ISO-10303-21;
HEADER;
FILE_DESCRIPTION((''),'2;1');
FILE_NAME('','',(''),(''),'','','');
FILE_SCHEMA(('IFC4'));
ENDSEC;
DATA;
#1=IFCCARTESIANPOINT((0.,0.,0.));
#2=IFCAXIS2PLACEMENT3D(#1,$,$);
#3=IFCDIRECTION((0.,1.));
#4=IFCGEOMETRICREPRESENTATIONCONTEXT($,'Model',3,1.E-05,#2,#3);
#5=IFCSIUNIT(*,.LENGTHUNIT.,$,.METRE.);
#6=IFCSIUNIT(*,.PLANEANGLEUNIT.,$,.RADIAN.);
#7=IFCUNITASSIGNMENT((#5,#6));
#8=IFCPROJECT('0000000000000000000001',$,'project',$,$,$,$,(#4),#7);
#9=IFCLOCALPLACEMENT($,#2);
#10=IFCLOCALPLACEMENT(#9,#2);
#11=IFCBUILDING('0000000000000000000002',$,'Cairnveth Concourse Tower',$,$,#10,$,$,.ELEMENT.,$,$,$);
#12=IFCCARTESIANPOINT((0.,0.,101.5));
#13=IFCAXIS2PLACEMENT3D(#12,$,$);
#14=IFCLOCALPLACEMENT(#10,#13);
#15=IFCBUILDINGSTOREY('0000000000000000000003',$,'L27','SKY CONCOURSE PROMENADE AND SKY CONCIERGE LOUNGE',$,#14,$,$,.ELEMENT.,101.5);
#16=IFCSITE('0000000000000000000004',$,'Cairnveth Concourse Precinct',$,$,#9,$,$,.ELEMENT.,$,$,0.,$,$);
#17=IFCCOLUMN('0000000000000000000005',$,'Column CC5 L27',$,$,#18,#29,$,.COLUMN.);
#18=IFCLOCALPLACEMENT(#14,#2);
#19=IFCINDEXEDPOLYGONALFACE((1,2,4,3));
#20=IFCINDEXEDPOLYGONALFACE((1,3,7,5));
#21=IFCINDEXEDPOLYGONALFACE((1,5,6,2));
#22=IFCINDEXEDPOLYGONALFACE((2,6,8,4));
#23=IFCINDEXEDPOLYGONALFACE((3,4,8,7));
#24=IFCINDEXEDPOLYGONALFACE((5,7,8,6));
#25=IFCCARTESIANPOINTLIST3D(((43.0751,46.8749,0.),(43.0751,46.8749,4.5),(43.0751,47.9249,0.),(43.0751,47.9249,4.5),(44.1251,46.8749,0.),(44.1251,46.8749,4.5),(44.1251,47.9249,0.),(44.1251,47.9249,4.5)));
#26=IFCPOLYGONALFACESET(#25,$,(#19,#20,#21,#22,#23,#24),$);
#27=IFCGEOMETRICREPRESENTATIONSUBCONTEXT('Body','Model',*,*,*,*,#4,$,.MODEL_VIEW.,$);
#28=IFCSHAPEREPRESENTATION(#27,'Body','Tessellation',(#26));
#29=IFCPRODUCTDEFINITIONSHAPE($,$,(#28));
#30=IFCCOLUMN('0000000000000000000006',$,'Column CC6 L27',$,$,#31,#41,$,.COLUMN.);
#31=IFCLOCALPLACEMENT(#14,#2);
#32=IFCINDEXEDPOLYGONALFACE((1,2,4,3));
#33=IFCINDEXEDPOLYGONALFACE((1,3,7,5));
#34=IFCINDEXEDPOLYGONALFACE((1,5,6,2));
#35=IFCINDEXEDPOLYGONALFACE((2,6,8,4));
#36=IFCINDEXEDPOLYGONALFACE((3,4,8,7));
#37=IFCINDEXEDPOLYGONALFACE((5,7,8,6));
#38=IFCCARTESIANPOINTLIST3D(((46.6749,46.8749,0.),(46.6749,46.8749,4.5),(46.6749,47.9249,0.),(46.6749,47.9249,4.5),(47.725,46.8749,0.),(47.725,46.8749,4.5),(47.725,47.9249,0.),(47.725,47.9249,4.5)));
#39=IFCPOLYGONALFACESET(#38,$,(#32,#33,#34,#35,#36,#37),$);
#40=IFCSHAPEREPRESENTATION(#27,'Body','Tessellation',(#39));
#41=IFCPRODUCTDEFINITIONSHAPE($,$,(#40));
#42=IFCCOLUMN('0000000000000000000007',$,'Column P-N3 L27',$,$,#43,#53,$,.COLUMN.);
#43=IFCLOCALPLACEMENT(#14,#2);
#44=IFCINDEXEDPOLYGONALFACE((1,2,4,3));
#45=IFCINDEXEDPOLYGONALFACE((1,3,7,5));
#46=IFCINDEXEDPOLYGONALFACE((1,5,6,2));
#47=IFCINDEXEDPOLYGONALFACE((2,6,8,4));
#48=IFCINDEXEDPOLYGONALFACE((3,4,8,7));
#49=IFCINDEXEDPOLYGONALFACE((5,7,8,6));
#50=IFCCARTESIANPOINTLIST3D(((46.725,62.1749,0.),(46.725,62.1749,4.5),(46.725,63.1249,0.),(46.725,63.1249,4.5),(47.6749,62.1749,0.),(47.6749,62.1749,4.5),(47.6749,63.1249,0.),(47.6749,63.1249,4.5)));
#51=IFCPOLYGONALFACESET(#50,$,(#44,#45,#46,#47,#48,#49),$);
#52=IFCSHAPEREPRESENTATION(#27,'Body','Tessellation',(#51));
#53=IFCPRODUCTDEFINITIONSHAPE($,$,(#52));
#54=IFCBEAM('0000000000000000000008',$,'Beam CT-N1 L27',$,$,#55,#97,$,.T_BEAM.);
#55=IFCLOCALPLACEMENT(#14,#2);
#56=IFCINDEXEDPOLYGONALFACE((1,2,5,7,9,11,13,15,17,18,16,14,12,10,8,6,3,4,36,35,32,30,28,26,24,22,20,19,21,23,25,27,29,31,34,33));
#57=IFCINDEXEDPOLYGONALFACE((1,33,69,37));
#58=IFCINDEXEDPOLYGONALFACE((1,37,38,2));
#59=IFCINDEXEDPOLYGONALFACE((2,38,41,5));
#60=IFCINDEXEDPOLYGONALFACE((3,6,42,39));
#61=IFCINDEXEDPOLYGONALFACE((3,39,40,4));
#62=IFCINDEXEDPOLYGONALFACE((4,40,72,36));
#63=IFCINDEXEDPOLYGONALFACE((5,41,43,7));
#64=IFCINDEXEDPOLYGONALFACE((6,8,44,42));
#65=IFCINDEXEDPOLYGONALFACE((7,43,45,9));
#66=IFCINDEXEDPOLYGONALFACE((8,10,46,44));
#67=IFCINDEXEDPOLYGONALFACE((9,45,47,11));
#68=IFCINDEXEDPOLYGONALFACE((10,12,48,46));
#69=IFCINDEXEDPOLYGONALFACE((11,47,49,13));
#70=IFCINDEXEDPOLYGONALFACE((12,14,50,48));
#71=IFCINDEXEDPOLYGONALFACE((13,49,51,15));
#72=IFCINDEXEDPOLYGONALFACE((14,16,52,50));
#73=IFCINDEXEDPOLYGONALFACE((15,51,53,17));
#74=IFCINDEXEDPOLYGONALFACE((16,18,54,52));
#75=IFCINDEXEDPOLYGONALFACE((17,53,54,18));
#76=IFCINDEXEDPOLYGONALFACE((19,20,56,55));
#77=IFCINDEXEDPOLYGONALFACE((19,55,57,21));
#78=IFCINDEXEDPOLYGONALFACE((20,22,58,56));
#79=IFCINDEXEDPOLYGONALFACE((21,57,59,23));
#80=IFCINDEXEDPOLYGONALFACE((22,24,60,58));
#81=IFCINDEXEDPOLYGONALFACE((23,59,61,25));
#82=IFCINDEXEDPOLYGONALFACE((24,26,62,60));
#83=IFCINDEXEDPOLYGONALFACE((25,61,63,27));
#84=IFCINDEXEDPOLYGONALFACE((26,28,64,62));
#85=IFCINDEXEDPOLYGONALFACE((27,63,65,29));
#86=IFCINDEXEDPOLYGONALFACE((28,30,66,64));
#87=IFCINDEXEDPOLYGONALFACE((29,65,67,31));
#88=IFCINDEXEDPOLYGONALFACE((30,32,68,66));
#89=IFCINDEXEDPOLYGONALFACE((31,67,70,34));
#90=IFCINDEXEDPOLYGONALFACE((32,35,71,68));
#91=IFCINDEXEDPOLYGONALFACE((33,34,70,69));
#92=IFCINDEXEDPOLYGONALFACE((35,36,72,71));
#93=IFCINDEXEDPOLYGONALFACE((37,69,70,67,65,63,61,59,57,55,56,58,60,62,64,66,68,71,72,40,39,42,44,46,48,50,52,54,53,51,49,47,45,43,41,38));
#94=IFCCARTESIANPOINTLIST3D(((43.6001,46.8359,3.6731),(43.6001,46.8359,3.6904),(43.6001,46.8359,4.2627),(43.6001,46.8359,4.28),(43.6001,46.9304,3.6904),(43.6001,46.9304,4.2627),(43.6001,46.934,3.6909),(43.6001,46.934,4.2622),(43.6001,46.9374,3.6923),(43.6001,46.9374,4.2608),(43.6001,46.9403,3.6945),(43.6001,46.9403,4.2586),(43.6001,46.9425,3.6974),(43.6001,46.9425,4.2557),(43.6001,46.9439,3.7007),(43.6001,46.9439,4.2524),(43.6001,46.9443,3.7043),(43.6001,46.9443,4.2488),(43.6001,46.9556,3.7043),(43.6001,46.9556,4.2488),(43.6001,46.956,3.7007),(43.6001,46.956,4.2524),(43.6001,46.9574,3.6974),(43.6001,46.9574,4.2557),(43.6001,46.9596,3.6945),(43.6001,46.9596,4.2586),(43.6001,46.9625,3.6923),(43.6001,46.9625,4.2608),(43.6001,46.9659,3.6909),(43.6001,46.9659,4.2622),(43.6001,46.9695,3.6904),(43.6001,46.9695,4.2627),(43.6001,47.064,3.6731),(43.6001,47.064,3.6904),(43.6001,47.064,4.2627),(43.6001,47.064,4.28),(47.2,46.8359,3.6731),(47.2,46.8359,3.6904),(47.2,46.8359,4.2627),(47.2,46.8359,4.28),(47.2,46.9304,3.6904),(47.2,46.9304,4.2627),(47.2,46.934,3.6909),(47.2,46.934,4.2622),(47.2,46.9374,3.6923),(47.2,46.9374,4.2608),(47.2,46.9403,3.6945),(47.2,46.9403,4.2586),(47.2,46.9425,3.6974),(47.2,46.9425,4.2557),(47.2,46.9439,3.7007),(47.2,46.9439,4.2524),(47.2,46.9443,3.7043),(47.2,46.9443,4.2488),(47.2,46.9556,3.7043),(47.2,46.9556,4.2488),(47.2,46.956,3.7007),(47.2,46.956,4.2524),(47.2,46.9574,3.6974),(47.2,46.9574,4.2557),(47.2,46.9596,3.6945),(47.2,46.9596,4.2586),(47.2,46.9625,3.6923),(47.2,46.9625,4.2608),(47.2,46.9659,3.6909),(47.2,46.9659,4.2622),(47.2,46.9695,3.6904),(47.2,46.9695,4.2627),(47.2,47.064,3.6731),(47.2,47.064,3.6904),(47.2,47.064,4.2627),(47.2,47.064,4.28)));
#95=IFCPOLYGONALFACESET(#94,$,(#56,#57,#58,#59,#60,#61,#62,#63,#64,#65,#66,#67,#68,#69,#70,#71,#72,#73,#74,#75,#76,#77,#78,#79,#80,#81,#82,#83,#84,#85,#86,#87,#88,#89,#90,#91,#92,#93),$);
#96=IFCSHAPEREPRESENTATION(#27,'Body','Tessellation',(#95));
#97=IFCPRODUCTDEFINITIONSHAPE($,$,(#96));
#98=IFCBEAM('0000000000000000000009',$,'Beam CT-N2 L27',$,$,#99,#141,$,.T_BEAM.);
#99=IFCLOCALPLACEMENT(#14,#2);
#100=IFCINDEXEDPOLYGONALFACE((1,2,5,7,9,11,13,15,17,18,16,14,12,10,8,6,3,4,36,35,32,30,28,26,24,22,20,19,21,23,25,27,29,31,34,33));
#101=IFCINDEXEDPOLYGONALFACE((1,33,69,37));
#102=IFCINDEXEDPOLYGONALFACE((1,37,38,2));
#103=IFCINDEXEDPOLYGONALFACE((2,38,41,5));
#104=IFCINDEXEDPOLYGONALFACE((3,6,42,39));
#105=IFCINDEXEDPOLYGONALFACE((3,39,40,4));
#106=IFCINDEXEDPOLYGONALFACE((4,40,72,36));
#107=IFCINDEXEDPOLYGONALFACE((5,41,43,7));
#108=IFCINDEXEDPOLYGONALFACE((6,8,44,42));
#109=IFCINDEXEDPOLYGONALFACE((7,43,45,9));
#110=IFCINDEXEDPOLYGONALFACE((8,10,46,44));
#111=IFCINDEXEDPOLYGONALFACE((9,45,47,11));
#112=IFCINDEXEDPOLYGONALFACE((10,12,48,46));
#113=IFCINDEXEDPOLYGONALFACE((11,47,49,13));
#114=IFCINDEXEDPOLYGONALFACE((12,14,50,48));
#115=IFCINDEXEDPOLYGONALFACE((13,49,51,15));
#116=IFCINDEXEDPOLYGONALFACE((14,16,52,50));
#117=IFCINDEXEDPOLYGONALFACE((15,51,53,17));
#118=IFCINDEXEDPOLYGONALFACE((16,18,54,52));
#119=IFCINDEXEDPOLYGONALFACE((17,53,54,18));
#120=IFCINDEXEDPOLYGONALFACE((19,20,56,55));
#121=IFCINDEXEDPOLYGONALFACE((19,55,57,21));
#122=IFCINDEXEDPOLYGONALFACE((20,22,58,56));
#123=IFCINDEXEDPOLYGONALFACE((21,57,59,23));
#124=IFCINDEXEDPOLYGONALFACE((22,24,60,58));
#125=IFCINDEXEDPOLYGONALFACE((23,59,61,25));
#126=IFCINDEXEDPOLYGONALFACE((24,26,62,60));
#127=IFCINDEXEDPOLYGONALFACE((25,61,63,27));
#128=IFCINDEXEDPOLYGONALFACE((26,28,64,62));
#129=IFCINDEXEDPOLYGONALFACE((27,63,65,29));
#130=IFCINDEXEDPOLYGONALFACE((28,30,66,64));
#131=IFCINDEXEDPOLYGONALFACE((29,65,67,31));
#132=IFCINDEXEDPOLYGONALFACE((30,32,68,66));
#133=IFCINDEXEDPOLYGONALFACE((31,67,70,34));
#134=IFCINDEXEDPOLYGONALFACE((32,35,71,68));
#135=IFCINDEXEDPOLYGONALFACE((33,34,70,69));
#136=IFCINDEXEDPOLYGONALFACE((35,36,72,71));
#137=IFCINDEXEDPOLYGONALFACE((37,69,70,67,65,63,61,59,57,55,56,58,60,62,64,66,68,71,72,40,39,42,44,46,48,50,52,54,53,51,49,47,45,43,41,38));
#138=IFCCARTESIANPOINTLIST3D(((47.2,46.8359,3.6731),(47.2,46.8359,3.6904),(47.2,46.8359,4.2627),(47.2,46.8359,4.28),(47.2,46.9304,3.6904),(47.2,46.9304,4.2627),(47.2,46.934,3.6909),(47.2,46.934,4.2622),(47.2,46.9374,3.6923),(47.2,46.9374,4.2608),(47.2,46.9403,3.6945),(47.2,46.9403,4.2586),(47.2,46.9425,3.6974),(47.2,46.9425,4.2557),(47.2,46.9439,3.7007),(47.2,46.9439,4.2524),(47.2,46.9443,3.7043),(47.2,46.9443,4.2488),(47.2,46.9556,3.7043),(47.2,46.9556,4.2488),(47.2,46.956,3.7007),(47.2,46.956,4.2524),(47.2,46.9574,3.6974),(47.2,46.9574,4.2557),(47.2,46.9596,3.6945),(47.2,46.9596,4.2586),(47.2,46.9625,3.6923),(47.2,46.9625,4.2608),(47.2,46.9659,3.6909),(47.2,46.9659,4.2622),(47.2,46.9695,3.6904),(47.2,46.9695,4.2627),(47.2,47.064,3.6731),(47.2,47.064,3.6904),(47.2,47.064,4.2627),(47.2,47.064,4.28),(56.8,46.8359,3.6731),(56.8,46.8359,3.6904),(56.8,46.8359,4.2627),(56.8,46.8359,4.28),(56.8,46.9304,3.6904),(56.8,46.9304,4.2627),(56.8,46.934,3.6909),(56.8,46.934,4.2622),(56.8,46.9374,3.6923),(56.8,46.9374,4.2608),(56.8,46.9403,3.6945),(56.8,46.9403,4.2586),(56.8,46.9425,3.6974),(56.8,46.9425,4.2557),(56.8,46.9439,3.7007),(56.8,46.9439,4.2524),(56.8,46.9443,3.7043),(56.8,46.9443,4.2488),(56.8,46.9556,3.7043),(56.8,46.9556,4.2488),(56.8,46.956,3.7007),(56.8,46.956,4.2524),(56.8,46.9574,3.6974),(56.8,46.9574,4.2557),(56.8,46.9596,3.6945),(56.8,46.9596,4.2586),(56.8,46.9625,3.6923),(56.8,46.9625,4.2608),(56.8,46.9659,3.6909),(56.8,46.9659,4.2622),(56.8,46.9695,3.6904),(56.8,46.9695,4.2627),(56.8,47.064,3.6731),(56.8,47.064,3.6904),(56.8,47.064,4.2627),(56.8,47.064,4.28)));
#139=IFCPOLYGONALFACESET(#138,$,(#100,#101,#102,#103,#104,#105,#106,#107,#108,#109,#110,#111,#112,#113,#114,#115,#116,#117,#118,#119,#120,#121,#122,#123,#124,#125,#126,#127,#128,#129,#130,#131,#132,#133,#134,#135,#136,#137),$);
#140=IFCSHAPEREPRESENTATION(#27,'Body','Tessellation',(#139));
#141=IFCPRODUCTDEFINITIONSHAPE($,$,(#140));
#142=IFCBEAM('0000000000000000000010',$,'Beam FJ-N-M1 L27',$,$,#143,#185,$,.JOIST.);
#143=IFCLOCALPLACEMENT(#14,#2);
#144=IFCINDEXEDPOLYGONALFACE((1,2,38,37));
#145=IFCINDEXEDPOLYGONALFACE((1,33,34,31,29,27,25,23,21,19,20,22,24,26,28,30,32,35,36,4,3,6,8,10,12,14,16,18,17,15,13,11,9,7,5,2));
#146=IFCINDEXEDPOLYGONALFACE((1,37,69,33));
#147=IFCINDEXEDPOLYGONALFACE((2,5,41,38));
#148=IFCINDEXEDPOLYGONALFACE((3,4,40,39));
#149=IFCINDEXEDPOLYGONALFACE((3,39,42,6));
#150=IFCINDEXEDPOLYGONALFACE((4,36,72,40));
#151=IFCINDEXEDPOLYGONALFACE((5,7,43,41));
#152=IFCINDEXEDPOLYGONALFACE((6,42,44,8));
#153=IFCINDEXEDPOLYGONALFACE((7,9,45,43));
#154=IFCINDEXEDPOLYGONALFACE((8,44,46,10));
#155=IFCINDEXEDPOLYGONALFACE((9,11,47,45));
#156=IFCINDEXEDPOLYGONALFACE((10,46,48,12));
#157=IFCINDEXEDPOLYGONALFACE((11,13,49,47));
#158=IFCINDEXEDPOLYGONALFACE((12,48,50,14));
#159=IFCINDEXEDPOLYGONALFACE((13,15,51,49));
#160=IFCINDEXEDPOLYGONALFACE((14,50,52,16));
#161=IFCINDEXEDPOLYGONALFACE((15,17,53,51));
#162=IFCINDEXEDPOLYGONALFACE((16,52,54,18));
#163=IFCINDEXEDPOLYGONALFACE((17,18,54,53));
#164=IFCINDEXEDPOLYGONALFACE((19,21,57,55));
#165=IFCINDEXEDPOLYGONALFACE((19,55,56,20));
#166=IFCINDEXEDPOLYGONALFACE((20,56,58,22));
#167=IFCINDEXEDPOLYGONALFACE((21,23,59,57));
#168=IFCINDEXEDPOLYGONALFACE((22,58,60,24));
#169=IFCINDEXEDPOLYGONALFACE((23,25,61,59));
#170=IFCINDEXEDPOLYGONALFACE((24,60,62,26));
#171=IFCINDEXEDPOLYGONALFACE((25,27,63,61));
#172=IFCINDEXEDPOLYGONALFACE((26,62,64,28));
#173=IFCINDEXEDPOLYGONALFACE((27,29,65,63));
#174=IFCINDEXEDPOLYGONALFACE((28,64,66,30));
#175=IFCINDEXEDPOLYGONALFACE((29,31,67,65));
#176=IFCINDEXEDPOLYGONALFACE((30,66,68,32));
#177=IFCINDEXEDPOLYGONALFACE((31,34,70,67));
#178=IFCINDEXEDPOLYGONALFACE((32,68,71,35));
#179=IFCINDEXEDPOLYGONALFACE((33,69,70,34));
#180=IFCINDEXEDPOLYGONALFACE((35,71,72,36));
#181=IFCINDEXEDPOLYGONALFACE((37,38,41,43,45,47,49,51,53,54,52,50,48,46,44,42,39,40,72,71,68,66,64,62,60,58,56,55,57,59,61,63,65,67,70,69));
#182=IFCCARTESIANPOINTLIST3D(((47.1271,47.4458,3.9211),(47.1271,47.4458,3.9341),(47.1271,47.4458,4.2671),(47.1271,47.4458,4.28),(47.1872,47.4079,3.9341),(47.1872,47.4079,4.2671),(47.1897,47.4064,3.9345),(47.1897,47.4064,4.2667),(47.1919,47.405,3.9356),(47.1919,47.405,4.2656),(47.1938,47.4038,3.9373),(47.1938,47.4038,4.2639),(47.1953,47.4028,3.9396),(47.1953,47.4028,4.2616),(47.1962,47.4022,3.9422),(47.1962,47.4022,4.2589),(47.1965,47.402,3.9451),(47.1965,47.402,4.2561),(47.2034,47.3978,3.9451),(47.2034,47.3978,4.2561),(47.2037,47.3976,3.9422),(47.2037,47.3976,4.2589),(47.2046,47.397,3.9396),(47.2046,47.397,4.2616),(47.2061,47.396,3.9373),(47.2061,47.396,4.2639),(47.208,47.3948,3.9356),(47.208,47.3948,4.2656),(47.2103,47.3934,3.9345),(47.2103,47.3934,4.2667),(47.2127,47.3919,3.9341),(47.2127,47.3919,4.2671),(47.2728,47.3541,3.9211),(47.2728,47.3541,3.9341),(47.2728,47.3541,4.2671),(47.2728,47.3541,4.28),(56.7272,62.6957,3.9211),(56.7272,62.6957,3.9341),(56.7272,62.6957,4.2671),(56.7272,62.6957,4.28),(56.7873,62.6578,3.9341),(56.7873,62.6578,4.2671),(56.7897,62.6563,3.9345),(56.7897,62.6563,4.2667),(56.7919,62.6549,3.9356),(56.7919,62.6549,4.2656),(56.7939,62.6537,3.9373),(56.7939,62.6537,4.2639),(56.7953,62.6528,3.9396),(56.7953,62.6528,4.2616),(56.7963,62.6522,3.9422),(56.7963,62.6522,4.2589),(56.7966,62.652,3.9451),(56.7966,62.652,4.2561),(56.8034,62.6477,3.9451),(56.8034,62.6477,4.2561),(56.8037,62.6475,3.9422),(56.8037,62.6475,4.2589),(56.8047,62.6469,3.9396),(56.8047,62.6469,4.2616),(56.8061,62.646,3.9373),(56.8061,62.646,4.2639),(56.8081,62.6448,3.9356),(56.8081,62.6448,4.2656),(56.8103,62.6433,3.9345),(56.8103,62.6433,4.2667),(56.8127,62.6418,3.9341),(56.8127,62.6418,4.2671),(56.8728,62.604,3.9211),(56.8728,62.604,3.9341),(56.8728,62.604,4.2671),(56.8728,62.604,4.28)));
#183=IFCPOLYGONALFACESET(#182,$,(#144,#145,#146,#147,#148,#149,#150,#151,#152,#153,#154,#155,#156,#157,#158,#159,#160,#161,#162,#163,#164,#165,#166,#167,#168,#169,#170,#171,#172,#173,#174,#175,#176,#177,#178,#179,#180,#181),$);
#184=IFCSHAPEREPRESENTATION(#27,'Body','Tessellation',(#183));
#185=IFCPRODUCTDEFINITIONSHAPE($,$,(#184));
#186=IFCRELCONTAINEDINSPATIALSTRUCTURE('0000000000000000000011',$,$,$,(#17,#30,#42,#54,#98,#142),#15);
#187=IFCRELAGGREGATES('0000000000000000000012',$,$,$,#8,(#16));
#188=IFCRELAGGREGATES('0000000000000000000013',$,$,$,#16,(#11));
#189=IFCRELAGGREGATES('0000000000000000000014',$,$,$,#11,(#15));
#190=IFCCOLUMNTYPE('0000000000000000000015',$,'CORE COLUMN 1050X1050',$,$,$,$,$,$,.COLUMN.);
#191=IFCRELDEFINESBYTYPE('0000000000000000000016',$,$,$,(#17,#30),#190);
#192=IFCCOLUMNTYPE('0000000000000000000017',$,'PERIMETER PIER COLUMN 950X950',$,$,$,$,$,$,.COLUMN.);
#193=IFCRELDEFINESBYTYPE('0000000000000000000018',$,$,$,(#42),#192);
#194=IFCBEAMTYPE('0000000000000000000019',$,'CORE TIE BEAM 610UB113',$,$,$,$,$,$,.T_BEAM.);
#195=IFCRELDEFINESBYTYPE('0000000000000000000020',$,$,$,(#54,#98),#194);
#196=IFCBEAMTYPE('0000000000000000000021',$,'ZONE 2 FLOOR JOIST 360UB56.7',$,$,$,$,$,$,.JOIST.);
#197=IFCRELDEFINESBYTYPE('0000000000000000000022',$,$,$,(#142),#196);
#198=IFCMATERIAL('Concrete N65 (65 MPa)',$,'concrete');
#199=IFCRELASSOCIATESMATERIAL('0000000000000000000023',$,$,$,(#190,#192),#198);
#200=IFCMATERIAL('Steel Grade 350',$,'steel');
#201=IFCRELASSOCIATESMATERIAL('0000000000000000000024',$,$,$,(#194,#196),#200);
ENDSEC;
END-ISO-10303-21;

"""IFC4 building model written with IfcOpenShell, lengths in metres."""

from ifc_helpers import new_model, si_unit, direction, frame, origin, origin_2d, place, context, subcontext, project, spatial, rectangle, i_section, extrude, material, material_profile, profile_set, type_object, element, save


model = new_model("IFC4")

# Units and contexts
model_context = context("Model", 3, precision=1e-05, world=origin(), true_north=direction((0.0, 1.0)))
body_context = subcontext(model_context, "Body", "Model", "MODEL_VIEW")
ifc_project = project(units=[si_unit("LENGTHUNIT", "METRE"), si_unit("PLANEANGLEUNIT", "RADIAN")], contexts=[model_context])

# Site, building, storey
site_placement = place(None, origin())
site = spatial("IfcSite", under=ifc_project, at=site_placement, Name="Cairnveth Concourse Precinct", CompositionType="ELEMENT", RefElevation=0.0)
building_placement = place(site_placement, origin())
building = spatial("IfcBuilding", under=site, at=building_placement, Name="Cairnveth Concourse Tower", CompositionType="ELEMENT")
storey_placement = place(building_placement, frame((0.0, 0.0, 101.5)))
storey = spatial("IfcBuildingStorey", under=building, at=storey_placement, Name="L27", Description="SKY CONCOURSE PROMENADE AND SKY CONCIERGE LOUNGE", CompositionType="ELEMENT", Elevation=101.5)

# Columns
ifc_material_1 = material(Name="Concrete N65 (65 MPa)", Category="concrete")
ifc_material_profile_1 = material_profile(ifc_material_1, rectangle(XDim=1.05, YDim=1.05, at=origin_2d()), Name="RC-COL-1050x1050")
ifc_profile_set_1 = profile_set([ifc_material_profile_1], Name="Concrete N65 (65 MPa)")
column_type_1 = type_object("IfcColumnType", Name="CORE COLUMN 1050X1050", PredefinedType="COLUMN", material=ifc_profile_set_1)
for number, where, z_axis, x_axis, name in (
    (1, (43.6001, 47.3999, 0.0), (0.0, 0.0, 1.0), (1.0, 0.0, 0.0), "Column CC5 L27"),
    (2, (47.2, 47.3999, 0.0), (0.0, 0.0, 1.0), (1.0, 0.0, 0.0), "Column CC6 L27"),
):
    element("IfcColumn", number, at=place(storey_placement, frame(where, z_axis=z_axis, x_axis=x_axis)), inside=storey, type_object=column_type_1, Name=name, PredefinedType="COLUMN", context=body_context, shape_type="SweptSolid", body=[
        extrude(rectangle(XDim=1.05, YDim=1.05, at=origin_2d()), origin(), (0.0, 0.0, 1.0), 4.5),
    ])
ifc_material_profile_2 = material_profile(ifc_material_1, rectangle(XDim=0.95, YDim=0.95, at=origin_2d()), Name="RC-COL-950x950")
ifc_profile_set_2 = profile_set([ifc_material_profile_2], Name="Concrete N65 (65 MPa)")
column_type_2 = type_object("IfcColumnType", Name="PERIMETER PIER COLUMN 950X950", PredefinedType="COLUMN", material=ifc_profile_set_2)
column_placement = place(storey_placement, frame((47.2, 62.6499, 0.0), z_axis=(0.0, 0.0, 1.0), x_axis=(1.0, 0.0, 0.0)))
element("IfcColumn", 3, at=column_placement, inside=storey, type_object=column_type_2, Name="Column P-N3 L27", PredefinedType="COLUMN", context=body_context, shape_type="SweptSolid", body=[
    extrude(rectangle(XDim=0.95, YDim=0.95, at=origin_2d()), origin(), (0.0, 0.0, 1.0), 4.5),
])

# Beams
ifc_material_2 = material(Name="Steel Grade 350", Category="steel")
ifc_material_profile_3 = material_profile(ifc_material_2, i_section(OverallWidth=0.228, OverallDepth=0.6069, WebThickness=0.0112, FlangeThickness=0.0173, FilletRadius=0.0139, at=origin_2d()), Name="610UB113")
ifc_profile_set_3 = profile_set([ifc_material_profile_3], Name="Steel Grade 350")
beam_type_1 = type_object("IfcBeamType", Name="CORE TIE BEAM 610UB113", PredefinedType="T_BEAM", material=ifc_profile_set_3)
beam_1_placement = place(storey_placement, frame((43.6001, 46.95, 3.9766), z_axis=(1.0, 0.0, 0.0), x_axis=(0.0, 1.0, 0.0)))
element("IfcBeam", 4, at=beam_1_placement, inside=storey, type_object=beam_type_1, Name="Beam CT-N1 L27", PredefinedType="T_BEAM", context=body_context, shape_type="SweptSolid", body=[
    extrude(i_section(OverallWidth=0.228, OverallDepth=0.6069, WebThickness=0.0112, FlangeThickness=0.0173, FilletRadius=0.0139, at=origin_2d()), origin(), (0.0, 0.0, 1.0), 3.5999),
])
beam_2_placement = place(storey_placement, frame((47.2, 46.95, 3.9766), z_axis=(1.0, 0.0, 0.0), x_axis=(0.0, 1.0, 0.0)))
element("IfcBeam", 5, at=beam_2_placement, inside=storey, type_object=beam_type_1, Name="Beam CT-N2 L27", PredefinedType="T_BEAM", context=body_context, shape_type="SweptSolid", body=[
    extrude(i_section(OverallWidth=0.228, OverallDepth=0.6069, WebThickness=0.0112, FlangeThickness=0.0173, FilletRadius=0.0139, at=origin_2d()), origin(), (0.0, 0.0, 1.0), 9.6001),
])
ifc_material_profile_4 = material_profile(ifc_material_2, i_section(OverallWidth=0.1721, OverallDepth=0.3589, WebThickness=0.0081, FlangeThickness=0.0129, FilletRadius=0.011, at=origin_2d()), Name="360UB56.7")
ifc_profile_set_4 = profile_set([ifc_material_profile_4], Name="Steel Grade 350")
beam_type_2 = type_object("IfcBeamType", Name="ZONE 2 FLOOR JOIST 360UB56.7", PredefinedType="JOIST", material=ifc_profile_set_4)
beam_3_placement = place(storey_placement, frame((47.2, 47.3999, 4.1006), z_axis=(0.532744, 0.846277, 0.0), x_axis=(-0.846277, 0.532744, 0.0)))
element("IfcBeam", 6, at=beam_3_placement, inside=storey, type_object=beam_type_2, Name="Beam FJ-N-M1 L27", PredefinedType="JOIST", context=body_context, shape_type="SweptSolid", body=[
    extrude(i_section(OverallWidth=0.1721, OverallDepth=0.3589, WebThickness=0.0081, FlangeThickness=0.0129, FilletRadius=0.011, at=origin_2d()), origin(), (0.0, 0.0, 1.0), 18.02),
])

save(model, "model.ifc")
